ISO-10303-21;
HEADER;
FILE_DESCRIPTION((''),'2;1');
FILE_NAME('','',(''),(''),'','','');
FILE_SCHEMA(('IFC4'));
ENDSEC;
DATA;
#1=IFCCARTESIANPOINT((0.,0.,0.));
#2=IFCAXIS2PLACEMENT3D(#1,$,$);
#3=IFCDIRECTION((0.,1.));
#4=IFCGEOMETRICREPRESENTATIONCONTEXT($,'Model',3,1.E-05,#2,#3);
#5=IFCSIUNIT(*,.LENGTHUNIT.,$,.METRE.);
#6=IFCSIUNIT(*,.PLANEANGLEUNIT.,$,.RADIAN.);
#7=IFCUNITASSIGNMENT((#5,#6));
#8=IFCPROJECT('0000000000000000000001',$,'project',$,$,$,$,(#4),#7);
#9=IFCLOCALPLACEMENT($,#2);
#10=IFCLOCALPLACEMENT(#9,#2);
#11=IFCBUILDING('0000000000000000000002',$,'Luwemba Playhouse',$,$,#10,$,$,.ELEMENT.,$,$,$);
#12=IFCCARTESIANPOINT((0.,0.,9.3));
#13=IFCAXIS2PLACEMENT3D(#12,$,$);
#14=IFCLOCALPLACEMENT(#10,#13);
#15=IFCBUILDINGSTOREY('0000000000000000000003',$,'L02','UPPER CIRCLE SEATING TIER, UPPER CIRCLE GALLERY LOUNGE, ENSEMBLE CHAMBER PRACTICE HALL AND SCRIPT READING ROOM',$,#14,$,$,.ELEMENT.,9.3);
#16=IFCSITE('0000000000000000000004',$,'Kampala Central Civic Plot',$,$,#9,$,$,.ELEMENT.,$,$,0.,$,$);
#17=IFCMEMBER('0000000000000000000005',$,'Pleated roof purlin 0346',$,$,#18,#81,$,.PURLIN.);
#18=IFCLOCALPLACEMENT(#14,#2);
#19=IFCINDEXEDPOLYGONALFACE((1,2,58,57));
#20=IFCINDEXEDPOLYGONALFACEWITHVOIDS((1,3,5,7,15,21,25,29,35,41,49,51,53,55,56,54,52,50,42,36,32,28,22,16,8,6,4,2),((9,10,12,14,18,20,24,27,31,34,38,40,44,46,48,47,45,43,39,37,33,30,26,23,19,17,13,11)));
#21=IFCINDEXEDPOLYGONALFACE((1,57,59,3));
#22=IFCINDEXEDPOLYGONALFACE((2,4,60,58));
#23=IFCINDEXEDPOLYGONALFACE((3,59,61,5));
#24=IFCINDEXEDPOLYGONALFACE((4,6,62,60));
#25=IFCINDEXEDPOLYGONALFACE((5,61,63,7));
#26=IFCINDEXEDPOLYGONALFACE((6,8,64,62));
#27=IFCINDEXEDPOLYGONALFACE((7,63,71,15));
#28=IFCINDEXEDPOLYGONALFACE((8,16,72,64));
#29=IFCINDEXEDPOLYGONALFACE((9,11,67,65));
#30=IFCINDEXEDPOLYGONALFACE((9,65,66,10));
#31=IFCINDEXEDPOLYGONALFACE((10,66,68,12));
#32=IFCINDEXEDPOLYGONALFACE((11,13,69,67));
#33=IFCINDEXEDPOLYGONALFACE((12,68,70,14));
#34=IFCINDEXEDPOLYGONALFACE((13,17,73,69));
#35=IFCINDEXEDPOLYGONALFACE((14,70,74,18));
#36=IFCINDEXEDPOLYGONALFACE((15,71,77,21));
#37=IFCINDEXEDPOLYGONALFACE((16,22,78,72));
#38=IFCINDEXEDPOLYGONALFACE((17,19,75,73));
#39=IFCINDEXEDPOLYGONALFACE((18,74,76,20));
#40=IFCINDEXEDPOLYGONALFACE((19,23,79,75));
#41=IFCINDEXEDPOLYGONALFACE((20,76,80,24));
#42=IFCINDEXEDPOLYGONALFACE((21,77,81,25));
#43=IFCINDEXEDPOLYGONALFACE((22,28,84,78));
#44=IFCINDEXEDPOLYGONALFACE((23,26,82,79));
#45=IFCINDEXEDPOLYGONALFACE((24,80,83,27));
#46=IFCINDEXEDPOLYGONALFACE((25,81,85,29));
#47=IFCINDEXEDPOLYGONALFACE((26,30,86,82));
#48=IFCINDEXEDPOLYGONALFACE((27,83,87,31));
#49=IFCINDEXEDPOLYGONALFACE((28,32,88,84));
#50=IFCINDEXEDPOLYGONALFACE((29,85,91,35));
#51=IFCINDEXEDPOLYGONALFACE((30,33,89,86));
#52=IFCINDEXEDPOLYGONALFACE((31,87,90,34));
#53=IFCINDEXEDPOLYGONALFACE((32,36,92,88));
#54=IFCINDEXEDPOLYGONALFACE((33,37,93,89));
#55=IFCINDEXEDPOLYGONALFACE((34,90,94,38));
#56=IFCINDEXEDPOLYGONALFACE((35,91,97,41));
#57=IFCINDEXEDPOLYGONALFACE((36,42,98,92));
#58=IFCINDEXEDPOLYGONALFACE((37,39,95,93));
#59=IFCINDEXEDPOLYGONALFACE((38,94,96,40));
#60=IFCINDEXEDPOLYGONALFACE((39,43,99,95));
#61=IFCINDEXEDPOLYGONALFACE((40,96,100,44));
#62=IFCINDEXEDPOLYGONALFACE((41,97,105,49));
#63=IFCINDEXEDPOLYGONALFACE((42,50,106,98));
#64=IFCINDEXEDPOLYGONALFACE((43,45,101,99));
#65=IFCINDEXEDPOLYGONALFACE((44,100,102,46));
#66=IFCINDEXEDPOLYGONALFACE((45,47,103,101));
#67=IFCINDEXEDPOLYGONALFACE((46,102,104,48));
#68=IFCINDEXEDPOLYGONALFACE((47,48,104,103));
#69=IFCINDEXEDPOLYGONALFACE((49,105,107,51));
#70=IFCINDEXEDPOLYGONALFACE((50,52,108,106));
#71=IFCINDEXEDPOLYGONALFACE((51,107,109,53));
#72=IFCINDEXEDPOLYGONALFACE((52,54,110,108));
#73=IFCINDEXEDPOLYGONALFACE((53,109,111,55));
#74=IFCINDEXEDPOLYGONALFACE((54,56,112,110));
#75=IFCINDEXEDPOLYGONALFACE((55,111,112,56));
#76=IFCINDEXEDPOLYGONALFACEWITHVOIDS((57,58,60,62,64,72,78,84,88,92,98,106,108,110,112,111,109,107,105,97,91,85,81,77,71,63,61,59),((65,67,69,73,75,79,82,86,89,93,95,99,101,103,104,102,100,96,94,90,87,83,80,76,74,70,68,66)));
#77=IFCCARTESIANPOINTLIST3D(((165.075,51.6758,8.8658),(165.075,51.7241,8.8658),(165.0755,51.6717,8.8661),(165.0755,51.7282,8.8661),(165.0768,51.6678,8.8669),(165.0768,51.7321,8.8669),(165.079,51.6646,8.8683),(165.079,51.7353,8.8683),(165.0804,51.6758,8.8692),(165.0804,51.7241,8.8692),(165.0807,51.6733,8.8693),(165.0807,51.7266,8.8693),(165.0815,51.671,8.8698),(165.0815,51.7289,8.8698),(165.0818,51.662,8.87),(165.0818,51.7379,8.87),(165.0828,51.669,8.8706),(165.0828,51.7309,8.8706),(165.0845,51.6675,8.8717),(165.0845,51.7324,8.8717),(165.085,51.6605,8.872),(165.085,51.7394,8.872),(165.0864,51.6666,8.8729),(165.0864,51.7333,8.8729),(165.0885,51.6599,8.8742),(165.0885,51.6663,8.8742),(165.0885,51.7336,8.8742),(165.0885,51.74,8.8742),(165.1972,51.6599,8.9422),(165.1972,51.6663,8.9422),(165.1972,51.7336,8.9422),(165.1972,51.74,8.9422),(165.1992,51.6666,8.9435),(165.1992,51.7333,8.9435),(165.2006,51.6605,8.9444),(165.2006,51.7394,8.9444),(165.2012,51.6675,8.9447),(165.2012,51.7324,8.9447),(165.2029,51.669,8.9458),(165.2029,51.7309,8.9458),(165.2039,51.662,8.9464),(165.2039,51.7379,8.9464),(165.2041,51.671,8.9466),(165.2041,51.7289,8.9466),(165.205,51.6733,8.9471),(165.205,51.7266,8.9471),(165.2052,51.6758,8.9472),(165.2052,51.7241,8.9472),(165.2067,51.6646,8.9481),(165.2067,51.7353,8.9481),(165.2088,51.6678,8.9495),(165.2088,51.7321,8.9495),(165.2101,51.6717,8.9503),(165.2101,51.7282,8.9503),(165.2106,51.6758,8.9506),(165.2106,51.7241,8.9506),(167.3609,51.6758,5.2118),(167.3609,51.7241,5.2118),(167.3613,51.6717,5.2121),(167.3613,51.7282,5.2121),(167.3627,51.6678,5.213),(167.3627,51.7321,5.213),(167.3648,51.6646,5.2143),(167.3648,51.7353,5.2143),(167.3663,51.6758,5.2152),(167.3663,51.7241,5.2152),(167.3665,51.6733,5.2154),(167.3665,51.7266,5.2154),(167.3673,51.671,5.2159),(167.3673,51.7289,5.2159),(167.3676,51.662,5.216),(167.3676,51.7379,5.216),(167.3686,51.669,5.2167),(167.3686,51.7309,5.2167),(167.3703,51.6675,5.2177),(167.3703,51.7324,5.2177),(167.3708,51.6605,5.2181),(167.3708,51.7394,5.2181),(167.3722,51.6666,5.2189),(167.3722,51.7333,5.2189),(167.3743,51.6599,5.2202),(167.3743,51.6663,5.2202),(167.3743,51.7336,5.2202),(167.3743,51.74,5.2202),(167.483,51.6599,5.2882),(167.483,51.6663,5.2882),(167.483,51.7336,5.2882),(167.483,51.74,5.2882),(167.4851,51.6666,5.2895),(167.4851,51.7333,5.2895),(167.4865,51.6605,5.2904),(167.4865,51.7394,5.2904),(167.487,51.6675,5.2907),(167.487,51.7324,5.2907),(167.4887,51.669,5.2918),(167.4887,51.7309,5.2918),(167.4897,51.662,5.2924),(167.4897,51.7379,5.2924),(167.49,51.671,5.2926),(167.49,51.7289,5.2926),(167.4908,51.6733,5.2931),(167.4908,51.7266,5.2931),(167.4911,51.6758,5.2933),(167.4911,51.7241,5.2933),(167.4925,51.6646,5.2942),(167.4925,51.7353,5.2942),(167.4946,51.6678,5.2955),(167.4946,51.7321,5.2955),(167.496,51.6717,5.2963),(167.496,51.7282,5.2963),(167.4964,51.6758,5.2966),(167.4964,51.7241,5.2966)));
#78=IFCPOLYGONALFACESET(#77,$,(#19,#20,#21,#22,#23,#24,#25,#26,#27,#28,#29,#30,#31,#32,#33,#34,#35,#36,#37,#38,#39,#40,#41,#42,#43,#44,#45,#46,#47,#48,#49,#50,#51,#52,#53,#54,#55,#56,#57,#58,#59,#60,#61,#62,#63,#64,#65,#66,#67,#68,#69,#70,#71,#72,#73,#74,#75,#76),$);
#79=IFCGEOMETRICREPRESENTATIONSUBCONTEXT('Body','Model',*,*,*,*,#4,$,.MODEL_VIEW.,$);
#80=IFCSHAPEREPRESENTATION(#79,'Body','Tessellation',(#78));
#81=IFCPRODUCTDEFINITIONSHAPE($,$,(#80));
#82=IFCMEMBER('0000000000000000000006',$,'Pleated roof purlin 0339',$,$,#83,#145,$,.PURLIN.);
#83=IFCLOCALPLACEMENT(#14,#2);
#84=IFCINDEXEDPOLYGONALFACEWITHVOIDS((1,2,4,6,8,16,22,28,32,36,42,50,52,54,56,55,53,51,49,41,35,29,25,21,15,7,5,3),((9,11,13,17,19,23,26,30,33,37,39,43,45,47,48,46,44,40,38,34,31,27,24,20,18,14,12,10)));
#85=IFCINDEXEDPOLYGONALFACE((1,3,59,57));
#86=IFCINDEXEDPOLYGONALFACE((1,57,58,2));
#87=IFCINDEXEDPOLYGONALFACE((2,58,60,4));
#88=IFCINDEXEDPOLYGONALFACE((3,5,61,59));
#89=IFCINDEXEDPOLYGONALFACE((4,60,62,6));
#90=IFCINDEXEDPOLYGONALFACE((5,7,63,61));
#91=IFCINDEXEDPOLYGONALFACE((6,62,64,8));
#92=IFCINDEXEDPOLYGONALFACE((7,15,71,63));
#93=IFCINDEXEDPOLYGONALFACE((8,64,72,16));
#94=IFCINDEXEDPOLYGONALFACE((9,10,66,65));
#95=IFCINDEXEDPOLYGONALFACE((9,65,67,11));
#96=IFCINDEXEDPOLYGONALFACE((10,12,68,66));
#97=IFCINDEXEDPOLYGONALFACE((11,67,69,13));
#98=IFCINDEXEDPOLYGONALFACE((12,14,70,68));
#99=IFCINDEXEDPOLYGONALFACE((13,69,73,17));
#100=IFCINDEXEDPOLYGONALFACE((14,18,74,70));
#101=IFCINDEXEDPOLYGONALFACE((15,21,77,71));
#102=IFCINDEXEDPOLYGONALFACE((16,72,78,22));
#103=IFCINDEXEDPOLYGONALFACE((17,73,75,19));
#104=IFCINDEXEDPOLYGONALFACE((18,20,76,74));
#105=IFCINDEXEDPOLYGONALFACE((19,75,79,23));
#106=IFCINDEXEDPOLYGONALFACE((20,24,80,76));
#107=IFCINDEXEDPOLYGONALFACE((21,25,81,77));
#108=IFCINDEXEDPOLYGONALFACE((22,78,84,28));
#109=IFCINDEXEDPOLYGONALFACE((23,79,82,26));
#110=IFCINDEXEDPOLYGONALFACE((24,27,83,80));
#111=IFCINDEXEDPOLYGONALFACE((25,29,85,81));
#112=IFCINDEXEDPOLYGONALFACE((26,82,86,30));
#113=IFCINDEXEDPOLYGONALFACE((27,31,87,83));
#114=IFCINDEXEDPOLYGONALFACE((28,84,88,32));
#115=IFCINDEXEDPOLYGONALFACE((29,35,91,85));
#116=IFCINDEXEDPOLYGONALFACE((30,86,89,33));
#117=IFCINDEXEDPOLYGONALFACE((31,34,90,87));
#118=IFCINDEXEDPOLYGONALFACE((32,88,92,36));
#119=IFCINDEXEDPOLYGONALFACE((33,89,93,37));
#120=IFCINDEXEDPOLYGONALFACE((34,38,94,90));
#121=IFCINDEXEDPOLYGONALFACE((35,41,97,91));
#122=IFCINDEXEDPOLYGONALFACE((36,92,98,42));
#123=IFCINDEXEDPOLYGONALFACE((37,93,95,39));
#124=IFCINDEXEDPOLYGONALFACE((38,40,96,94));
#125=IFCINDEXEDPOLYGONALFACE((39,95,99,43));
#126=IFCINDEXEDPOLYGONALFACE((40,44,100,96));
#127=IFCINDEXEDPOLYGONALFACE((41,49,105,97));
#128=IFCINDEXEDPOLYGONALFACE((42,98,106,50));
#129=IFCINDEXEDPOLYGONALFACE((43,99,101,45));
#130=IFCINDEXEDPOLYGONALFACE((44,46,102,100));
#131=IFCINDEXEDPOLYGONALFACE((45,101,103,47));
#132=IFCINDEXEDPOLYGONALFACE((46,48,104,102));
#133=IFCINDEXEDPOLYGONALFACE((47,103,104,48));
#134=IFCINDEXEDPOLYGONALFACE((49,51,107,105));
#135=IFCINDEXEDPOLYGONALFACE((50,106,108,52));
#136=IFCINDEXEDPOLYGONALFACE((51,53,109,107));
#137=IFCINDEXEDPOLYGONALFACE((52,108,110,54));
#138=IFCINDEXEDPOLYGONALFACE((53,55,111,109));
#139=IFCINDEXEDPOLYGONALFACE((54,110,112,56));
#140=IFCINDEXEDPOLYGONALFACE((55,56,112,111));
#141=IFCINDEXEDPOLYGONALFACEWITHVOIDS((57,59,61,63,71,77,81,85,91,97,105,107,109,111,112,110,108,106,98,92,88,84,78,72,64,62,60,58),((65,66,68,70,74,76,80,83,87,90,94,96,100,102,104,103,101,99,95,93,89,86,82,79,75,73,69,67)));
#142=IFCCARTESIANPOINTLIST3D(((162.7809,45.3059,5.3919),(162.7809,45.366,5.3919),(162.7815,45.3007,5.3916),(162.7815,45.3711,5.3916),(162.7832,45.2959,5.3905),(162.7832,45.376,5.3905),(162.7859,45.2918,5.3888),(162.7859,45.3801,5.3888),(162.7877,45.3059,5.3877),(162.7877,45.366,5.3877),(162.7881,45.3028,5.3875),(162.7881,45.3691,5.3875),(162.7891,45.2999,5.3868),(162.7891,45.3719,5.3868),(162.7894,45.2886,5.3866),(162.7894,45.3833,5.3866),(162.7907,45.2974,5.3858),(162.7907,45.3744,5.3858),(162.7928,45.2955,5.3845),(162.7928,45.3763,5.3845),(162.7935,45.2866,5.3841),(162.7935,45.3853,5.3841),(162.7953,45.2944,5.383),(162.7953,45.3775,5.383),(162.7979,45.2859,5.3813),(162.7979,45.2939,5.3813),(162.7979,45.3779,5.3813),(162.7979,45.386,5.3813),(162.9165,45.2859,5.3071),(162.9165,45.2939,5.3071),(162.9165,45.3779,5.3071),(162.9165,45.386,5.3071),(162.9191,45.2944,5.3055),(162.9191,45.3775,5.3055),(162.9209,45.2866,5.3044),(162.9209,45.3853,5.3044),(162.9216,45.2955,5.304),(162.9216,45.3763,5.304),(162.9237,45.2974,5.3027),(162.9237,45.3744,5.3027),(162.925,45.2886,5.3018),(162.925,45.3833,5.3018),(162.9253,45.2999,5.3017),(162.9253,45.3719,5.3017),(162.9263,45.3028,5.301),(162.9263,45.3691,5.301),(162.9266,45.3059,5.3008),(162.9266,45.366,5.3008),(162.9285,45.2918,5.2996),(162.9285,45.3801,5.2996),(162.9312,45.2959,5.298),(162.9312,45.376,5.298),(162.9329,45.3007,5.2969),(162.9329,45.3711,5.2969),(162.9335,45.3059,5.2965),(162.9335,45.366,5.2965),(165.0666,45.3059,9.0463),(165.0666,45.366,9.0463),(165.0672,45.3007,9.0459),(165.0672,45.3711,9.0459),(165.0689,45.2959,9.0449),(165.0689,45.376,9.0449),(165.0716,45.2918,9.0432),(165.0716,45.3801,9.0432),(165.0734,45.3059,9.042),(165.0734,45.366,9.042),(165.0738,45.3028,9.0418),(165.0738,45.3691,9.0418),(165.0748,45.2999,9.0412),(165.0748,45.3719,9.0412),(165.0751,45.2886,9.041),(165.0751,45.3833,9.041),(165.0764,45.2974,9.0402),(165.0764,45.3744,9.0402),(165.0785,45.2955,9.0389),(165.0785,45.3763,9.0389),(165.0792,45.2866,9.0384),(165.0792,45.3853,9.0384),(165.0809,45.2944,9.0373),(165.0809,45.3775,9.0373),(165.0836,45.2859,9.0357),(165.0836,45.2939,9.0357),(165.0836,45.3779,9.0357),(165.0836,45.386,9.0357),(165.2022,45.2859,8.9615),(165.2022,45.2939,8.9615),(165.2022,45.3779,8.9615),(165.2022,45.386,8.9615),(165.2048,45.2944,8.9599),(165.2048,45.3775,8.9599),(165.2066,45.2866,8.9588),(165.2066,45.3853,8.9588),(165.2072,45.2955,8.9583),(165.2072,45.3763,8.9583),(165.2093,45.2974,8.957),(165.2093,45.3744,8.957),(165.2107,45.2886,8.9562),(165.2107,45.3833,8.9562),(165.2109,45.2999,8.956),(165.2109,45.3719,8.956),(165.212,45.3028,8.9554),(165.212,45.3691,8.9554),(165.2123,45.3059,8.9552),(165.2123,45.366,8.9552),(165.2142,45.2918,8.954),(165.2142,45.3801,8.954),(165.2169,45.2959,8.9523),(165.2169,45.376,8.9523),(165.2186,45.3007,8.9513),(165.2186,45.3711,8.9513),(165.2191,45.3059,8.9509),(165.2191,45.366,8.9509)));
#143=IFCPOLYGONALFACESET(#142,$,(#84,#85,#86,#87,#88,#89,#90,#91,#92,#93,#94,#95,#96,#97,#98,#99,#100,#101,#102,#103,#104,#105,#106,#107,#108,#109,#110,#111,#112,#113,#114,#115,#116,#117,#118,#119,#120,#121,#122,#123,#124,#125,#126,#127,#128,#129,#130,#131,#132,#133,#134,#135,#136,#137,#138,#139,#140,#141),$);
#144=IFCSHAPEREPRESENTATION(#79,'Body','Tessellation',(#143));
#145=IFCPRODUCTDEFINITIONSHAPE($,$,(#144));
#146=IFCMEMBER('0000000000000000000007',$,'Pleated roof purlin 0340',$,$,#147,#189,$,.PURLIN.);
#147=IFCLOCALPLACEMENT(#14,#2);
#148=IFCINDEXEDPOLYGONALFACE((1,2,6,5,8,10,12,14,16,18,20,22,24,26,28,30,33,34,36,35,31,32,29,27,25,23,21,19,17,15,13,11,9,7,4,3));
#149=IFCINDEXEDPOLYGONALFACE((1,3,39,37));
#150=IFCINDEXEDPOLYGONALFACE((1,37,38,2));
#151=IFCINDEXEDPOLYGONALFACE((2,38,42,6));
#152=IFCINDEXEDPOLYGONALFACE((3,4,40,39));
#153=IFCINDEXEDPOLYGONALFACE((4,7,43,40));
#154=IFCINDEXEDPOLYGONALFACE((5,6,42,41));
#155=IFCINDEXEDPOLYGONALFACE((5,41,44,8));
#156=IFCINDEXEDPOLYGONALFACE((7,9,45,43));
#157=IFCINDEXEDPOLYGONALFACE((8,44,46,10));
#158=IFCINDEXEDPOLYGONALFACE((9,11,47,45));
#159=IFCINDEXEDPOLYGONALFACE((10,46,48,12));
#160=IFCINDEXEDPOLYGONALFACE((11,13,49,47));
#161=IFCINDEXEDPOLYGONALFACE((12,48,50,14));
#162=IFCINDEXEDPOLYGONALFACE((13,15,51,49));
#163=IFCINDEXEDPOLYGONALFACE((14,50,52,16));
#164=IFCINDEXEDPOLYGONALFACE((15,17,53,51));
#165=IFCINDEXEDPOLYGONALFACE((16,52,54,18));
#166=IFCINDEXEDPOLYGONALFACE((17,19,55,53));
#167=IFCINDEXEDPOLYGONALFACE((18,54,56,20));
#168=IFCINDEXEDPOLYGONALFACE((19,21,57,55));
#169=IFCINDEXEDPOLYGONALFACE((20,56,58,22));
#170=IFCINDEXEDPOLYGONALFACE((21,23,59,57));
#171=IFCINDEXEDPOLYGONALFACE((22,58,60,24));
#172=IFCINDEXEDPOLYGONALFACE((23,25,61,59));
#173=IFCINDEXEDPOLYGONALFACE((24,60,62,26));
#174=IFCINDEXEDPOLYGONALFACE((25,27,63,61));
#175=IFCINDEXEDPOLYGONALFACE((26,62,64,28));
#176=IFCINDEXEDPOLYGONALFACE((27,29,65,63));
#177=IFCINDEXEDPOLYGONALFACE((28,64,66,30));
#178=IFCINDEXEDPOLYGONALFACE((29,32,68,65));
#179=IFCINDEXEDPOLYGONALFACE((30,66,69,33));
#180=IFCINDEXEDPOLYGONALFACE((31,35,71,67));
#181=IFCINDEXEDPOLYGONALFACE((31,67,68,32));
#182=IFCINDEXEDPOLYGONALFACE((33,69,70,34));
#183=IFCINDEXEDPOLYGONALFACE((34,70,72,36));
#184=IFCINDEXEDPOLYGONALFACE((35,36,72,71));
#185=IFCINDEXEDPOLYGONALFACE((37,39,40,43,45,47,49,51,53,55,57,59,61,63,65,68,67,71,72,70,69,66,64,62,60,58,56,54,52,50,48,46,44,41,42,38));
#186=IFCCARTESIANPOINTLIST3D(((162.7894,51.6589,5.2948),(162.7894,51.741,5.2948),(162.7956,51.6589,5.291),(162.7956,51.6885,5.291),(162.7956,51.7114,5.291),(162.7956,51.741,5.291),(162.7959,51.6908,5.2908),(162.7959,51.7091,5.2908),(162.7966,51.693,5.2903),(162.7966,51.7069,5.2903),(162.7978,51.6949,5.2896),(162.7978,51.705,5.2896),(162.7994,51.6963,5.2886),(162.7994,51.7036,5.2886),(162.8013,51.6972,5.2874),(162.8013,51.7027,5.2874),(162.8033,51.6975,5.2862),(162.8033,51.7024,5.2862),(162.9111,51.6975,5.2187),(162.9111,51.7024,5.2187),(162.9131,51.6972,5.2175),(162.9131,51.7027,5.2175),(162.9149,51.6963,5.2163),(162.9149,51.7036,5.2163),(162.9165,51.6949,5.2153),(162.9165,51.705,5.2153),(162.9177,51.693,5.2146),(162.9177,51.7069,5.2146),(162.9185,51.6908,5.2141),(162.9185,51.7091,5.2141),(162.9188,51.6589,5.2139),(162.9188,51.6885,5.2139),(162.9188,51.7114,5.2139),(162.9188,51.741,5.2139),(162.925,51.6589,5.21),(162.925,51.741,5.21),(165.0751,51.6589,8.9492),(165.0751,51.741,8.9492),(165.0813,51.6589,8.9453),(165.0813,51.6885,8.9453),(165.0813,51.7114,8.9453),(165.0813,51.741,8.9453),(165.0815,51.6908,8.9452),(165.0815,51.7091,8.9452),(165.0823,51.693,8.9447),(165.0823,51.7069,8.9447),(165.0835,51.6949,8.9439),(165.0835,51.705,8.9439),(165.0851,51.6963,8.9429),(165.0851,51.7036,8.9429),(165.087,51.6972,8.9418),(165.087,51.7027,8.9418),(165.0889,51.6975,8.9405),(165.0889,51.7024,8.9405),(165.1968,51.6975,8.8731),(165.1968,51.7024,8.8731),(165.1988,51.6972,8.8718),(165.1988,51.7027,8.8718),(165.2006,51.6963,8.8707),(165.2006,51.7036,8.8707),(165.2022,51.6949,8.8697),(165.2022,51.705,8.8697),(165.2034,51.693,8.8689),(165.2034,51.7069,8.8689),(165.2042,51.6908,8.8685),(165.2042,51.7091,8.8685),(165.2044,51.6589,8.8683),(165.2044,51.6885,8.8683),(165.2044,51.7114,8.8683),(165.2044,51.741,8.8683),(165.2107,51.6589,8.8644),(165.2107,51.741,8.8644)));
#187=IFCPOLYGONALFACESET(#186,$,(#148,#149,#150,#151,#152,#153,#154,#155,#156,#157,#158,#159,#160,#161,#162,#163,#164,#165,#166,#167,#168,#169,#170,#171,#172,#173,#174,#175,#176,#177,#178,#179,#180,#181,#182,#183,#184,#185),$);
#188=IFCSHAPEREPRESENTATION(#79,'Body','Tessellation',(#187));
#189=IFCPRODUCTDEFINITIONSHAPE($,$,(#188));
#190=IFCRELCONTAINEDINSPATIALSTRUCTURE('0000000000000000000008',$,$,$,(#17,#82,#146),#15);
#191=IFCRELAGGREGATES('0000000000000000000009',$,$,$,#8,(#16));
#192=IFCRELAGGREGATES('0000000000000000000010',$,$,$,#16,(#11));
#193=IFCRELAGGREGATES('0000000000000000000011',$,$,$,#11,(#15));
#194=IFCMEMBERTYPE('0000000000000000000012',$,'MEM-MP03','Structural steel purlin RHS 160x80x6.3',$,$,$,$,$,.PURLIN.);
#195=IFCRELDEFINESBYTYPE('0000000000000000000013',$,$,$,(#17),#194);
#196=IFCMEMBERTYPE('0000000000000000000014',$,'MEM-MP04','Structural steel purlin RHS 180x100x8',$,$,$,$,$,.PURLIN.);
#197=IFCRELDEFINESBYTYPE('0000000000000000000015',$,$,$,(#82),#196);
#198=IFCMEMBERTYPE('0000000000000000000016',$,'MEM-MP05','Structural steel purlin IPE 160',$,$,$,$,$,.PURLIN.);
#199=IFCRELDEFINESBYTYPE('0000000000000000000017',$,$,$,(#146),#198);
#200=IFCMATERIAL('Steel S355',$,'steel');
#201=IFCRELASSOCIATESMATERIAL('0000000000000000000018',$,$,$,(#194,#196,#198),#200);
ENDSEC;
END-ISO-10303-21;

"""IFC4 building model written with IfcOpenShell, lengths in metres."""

from ifc_helpers import new_model, si_unit, direction, frame, origin, origin_2d, place, context, subcontext, project, spatial, hollow_rectangle, i_section, extrude, material, material_profile, profile_set, type_object, element, save


model = new_model("IFC4")

# Units and contexts
model_context = context("Model", 3, precision=1e-05, world=origin(), true_north=direction((0.0, 1.0)))
body_context = subcontext(model_context, "Body", "Model", "MODEL_VIEW")
ifc_project = project(units=[si_unit("LENGTHUNIT", "METRE"), si_unit("PLANEANGLEUNIT", "RADIAN")], contexts=[model_context])

# Site, building, storey
site_placement = place(None, origin())
site = spatial("IfcSite", under=ifc_project, at=site_placement, Name="Kampala Central Civic Plot", CompositionType="ELEMENT", RefElevation=0.0)
building_placement = place(site_placement, origin())
building = spatial("IfcBuilding", under=site, at=building_placement, Name="Luwemba Playhouse", CompositionType="ELEMENT")
storey_placement = place(building_placement, frame((0.0, 0.0, 9.3)))
storey = spatial("IfcBuildingStorey", under=building, at=storey_placement, Name="L02", Description="UPPER CIRCLE SEATING TIER, UPPER CIRCLE GALLERY LOUNGE, ENSEMBLE CHAMBER PRACTICE HALL AND SCRIPT READING ROOM", CompositionType="ELEMENT", Elevation=9.3)

# Shared definitions
ifc_material_1 = material(Name="Steel S355", Category="steel")

# Members
ifc_material_profile_1 = material_profile(ifc_material_1, hollow_rectangle(XDim=0.0801, YDim=0.1599, WallThickness=0.0063, InnerFilletRadius=0.0095, OuterFilletRadius=0.0159, at=origin_2d()))
ifc_profile_set_1 = profile_set([ifc_material_profile_1], Name="Steel S355")
member_type_1 = type_object("IfcMemberType", Name="MEM-MP03", Description="Structural steel purlin RHS 160x80x6.3", PredefinedType="PURLIN", material=ifc_profile_set_1)
member_1_placement = place(storey_placement, frame((165.1428, 51.7, 8.9082), z_axis=(0.53035, 0.0, -0.847779), x_axis=(0.0, 1.0, 0.0)))
element("IfcMember", 1, at=member_1_placement, inside=storey, type_object=member_type_1, Name="Pleated roof purlin 0346", PredefinedType="PURLIN", context=body_context, shape_type="SweptSolid", body=[
    extrude(hollow_rectangle(XDim=0.0801, YDim=0.1599, WallThickness=0.0063, InnerFilletRadius=0.0095, OuterFilletRadius=0.0159, at=origin_2d()), origin(), (0.0, 0.0, 1.0), 4.3101),
])
ifc_material_profile_2 = material_profile(ifc_material_1, hollow_rectangle(XDim=0.1001, YDim=0.1799, WallThickness=0.0081, InnerFilletRadius=0.012, OuterFilletRadius=0.02, at=origin_2d()))
ifc_profile_set_2 = profile_set([ifc_material_profile_2], Name="Steel S355")
member_type_2 = type_object("IfcMemberType", Name="MEM-MP04", Description="Structural steel purlin RHS 180x100x8", PredefinedType="PURLIN", material=ifc_profile_set_2)
member_2_placement = place(storey_placement, frame((162.8572, 45.3359, 5.3442), z_axis=(0.530284, 0.0, 0.84782), x_axis=(0.0, 1.0, 0.0)))
element("IfcMember", 2, at=member_2_placement, inside=storey, type_object=member_type_2, Name="Pleated roof purlin 0339", PredefinedType="PURLIN", context=body_context, shape_type="SweptSolid", body=[
    extrude(hollow_rectangle(XDim=0.1001, YDim=0.1799, WallThickness=0.0081, InnerFilletRadius=0.012, OuterFilletRadius=0.02, at=origin_2d()), origin(), (0.0, 0.0, 1.0), 4.3103),
])
ifc_material_profile_3 = material_profile(ifc_material_1, i_section(OverallWidth=0.082, OverallDepth=0.1599, WebThickness=0.0049, FlangeThickness=0.0073, FilletRadius=0.009, at=origin_2d()))
ifc_profile_set_3 = profile_set([ifc_material_profile_3], Name="Steel S355")
member_type_3 = type_object("IfcMemberType", Name="MEM-MP05", Description="Structural steel purlin IPE 160", PredefinedType="PURLIN", material=ifc_profile_set_3)
member_3_placement = place(storey_placement, frame((162.8572, 51.7, 5.2524), z_axis=(0.530284, 0.0, 0.84782), x_axis=(0.0, 1.0, 0.0)))
element("IfcMember", 3, at=member_3_placement, inside=storey, type_object=member_type_3, Name="Pleated roof purlin 0340", PredefinedType="PURLIN", context=body_context, shape_type="SweptSolid", body=[
    extrude(i_section(OverallWidth=0.082, OverallDepth=0.1599, WebThickness=0.0049, FlangeThickness=0.0073, FilletRadius=0.009, at=origin_2d()), origin(), (0.0, 0.0, 1.0), 4.3103),
])

save(model, "model.ifc")
